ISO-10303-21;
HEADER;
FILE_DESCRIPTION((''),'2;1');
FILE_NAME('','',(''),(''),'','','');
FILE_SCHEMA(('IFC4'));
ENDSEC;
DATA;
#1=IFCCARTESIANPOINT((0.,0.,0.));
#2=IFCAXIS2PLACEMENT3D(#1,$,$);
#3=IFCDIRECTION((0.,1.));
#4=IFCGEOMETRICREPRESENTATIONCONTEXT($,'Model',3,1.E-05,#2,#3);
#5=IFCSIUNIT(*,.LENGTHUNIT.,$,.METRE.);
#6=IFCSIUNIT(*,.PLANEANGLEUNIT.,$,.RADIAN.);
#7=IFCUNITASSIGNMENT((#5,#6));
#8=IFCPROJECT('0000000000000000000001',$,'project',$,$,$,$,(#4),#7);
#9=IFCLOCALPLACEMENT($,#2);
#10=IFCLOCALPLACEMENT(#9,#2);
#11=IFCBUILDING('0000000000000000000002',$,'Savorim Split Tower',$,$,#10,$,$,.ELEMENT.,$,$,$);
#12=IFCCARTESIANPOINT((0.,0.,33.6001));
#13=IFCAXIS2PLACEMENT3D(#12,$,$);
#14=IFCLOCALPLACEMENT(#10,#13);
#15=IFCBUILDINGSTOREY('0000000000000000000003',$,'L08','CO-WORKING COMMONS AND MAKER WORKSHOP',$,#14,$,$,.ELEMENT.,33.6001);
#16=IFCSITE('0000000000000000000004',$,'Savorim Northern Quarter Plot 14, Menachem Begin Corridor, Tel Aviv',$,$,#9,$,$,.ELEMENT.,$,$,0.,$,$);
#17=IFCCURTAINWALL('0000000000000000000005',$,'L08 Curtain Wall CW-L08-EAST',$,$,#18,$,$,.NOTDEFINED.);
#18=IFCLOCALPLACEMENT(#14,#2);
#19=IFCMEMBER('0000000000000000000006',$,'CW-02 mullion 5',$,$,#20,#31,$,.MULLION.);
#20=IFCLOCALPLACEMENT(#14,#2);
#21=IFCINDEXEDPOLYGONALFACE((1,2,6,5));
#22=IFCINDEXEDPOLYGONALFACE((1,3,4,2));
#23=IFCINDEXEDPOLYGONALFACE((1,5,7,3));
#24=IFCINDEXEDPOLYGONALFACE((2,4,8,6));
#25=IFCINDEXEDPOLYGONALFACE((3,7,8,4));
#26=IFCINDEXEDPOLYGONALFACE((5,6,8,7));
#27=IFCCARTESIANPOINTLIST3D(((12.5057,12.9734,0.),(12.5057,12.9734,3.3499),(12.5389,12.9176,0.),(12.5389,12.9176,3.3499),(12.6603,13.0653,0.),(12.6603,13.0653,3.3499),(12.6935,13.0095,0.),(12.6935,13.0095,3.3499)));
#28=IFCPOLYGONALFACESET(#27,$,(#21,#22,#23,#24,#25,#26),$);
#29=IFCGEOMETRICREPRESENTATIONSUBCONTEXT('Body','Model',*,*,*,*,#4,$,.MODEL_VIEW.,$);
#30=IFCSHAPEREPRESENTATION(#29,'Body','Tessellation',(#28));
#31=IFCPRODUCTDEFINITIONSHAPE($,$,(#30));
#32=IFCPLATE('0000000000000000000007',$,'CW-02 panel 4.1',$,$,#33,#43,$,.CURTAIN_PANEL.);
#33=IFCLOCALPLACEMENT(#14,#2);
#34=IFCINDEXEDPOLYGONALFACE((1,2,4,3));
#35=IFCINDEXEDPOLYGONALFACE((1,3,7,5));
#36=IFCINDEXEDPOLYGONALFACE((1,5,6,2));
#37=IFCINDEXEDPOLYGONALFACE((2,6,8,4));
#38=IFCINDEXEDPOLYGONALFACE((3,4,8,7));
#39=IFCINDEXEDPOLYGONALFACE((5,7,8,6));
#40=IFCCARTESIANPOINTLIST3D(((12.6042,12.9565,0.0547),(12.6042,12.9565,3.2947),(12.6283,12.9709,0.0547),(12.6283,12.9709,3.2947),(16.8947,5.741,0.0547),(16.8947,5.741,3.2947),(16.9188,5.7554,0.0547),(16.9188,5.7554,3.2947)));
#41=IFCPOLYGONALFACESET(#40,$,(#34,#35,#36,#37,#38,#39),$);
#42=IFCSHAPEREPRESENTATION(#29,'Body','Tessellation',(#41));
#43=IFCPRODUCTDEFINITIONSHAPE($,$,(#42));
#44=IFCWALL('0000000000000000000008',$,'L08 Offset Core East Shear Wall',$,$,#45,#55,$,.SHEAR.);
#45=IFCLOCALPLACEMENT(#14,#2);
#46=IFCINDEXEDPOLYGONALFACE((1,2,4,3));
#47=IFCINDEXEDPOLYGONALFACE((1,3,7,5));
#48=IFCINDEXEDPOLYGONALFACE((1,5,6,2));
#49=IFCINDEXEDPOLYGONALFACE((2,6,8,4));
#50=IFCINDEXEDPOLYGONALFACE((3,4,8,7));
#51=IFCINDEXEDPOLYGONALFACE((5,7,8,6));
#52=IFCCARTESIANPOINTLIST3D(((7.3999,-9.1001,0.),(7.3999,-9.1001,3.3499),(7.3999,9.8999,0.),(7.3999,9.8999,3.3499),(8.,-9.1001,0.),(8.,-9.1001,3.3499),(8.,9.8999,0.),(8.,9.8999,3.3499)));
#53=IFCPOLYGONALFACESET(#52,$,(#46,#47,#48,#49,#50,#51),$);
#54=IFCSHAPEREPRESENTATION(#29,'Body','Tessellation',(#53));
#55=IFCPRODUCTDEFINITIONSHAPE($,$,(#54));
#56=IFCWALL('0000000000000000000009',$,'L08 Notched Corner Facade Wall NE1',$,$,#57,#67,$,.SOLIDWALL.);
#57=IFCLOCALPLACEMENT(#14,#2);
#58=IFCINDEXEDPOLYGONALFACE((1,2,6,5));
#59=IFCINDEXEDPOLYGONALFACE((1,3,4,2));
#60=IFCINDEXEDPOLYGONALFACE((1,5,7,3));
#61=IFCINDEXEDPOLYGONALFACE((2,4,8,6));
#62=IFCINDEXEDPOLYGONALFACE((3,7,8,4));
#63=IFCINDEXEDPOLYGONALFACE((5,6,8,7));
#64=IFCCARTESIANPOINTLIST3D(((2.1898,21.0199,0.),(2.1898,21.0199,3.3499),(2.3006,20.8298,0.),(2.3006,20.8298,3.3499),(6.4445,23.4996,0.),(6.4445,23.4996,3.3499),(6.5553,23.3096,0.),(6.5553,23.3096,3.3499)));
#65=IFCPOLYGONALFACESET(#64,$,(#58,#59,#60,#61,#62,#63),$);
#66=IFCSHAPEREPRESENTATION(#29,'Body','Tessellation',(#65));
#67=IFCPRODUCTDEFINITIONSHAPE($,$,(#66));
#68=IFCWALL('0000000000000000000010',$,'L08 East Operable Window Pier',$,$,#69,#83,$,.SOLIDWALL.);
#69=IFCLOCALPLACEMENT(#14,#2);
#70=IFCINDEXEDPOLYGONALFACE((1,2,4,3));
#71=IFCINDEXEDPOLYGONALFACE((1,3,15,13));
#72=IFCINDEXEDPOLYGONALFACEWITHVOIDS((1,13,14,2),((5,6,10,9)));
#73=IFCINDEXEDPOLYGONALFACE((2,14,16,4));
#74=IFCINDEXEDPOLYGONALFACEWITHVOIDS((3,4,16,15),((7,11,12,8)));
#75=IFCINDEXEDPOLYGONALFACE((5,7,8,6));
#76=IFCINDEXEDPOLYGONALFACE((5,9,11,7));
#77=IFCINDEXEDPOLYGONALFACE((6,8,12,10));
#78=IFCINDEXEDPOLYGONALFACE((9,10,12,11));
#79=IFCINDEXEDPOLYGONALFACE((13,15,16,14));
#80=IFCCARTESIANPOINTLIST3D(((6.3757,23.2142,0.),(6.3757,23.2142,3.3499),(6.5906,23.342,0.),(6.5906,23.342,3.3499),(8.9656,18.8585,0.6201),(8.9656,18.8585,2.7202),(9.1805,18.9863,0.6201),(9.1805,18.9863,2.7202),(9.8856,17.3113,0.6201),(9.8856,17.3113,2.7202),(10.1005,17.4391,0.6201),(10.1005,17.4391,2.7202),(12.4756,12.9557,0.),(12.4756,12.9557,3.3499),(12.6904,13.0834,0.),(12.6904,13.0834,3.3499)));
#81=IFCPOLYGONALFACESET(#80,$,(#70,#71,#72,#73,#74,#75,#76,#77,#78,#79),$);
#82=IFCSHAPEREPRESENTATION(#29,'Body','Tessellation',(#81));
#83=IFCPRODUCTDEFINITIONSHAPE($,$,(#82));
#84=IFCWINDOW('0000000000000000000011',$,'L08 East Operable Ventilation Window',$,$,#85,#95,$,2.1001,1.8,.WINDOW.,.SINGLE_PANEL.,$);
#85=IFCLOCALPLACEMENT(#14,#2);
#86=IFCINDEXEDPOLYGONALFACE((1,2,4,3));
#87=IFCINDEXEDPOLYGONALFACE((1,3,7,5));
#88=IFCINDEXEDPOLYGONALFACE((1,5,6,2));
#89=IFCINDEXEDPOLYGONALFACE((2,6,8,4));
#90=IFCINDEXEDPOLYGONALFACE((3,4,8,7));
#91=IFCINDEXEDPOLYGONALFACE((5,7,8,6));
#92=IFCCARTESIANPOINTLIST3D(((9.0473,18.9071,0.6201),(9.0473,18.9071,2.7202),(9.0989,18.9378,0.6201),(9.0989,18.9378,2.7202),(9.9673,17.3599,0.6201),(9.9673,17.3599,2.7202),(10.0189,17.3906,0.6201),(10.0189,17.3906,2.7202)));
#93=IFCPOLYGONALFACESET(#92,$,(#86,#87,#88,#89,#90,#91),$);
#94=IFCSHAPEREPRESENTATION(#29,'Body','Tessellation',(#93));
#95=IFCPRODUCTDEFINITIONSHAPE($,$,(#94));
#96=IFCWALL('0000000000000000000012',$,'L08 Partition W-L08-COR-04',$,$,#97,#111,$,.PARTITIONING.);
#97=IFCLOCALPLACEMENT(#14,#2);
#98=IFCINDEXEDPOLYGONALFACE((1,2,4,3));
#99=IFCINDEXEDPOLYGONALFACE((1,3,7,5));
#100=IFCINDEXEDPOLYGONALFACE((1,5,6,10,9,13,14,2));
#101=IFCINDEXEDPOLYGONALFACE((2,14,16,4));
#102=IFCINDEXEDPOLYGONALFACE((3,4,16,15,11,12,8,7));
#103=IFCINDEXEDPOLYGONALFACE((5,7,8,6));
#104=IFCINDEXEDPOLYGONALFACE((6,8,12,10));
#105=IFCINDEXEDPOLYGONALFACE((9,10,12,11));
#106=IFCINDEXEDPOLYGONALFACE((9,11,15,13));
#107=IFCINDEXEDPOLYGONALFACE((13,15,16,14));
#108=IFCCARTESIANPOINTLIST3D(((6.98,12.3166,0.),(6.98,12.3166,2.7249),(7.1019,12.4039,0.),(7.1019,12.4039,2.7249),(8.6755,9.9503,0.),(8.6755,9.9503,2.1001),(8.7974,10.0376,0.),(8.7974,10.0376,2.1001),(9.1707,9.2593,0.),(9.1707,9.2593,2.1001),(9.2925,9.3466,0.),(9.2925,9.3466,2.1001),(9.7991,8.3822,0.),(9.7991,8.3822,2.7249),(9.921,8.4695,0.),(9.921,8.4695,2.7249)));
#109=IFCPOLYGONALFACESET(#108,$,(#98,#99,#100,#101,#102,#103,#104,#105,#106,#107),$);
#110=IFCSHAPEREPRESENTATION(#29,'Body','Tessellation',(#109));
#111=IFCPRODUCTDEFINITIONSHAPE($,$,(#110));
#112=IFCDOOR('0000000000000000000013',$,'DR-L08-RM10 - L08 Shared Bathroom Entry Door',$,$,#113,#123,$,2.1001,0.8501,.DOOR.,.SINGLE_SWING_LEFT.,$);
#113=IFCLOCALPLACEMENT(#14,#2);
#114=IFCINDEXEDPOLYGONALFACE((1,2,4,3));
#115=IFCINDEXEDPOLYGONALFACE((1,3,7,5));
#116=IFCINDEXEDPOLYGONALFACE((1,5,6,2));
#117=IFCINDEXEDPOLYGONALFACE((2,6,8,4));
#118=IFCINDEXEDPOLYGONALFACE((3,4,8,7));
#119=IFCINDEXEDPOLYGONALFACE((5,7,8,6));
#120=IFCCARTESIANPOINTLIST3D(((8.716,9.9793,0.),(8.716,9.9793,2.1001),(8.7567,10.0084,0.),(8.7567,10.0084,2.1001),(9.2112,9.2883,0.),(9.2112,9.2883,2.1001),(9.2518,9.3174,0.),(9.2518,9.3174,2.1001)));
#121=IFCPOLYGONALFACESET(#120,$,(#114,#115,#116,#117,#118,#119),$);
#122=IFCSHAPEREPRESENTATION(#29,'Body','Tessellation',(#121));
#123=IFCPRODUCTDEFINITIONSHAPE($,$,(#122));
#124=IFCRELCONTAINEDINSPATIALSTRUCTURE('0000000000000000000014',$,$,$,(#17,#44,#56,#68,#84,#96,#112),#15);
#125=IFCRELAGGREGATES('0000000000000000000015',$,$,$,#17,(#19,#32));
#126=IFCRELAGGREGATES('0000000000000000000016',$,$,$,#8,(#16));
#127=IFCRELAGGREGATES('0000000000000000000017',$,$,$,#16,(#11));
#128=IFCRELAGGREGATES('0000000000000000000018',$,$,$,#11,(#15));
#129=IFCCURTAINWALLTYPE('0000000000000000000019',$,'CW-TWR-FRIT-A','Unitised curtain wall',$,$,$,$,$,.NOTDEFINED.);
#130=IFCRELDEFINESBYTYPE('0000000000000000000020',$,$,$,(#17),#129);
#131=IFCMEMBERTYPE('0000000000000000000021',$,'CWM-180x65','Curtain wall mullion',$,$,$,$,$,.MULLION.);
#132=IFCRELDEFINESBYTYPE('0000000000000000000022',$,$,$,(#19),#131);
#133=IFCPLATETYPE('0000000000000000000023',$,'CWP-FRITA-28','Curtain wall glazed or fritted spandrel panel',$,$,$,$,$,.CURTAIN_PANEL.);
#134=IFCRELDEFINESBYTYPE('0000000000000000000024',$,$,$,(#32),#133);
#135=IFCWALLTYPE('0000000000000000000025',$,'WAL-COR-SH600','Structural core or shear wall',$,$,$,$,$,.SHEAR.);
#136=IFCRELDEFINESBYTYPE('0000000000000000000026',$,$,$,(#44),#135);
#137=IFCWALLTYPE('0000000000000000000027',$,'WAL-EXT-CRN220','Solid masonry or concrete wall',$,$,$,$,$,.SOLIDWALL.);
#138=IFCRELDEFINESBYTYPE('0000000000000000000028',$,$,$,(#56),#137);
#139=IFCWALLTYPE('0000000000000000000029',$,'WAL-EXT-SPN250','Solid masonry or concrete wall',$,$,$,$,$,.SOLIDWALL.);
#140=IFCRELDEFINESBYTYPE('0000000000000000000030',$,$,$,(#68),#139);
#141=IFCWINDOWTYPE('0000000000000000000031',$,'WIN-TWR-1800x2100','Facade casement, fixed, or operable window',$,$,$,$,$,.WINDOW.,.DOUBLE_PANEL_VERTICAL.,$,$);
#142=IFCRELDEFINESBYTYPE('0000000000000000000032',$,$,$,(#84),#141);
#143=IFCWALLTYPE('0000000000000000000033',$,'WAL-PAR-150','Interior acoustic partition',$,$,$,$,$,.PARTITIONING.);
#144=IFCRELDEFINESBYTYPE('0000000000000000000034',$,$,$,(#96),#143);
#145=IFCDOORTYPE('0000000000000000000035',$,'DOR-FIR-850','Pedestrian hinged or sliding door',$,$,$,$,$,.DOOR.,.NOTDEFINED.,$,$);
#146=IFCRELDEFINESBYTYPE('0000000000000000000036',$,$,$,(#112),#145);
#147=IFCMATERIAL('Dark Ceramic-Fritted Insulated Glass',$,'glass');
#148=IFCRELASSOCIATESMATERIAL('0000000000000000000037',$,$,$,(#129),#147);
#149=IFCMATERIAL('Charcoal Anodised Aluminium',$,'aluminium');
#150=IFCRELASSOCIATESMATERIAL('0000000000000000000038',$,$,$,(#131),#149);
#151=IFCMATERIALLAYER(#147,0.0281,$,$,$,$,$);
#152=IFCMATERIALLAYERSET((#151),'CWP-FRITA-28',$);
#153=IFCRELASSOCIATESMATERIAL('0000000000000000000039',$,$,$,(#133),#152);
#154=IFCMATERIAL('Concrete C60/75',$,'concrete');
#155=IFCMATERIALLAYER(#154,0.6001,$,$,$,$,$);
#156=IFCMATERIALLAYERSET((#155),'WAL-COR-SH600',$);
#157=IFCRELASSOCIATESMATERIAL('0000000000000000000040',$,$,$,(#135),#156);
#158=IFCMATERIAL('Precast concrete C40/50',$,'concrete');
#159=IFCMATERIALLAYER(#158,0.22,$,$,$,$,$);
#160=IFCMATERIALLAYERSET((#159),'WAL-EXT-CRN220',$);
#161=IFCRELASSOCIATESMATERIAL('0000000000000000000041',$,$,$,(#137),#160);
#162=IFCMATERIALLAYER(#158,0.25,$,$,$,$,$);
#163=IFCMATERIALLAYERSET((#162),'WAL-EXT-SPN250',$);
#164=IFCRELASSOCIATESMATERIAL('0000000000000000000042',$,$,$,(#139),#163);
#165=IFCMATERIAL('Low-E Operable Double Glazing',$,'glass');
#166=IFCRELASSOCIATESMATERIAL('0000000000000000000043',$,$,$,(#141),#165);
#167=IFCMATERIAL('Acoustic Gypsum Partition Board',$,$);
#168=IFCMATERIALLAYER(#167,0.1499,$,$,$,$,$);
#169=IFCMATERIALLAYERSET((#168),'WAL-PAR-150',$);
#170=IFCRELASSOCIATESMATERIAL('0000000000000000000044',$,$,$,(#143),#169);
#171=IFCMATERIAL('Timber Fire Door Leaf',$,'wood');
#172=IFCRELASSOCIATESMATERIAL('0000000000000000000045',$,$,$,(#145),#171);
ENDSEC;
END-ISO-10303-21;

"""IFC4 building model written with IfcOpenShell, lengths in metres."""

from ifc_helpers import new_model, si_unit, direction, frame, frame_2d, origin, origin_2d, place, context, subcontext, project, spatial, rectangle, extrude, material, layer, layer_set, material_profile, profile_set, type_object, element, fill, aggregate, save


model = new_model("IFC4")

# Units and contexts
model_context = context("Model", 3, precision=1e-05, world=origin(), true_north=direction((0.0, 1.0)))
body_context = subcontext(model_context, "Body", "Model", "MODEL_VIEW")
ifc_project = project(units=[si_unit("LENGTHUNIT", "METRE"), si_unit("PLANEANGLEUNIT", "RADIAN")], contexts=[model_context])

# Site, building, storey
site_placement = place(None, origin())
site = spatial("IfcSite", under=ifc_project, at=site_placement, Name="Savorim Northern Quarter Plot 14, Menachem Begin Corridor, Tel Aviv", CompositionType="ELEMENT", RefElevation=0.0)
building_placement = place(site_placement, origin())
building = spatial("IfcBuilding", under=site, at=building_placement, Name="Savorim Split Tower", CompositionType="ELEMENT")
storey_placement = place(building_placement, frame((0.0, 0.0, 33.6001)))
storey = spatial("IfcBuildingStorey", under=building, at=storey_placement, Name="L08", Description="CO-WORKING COMMONS AND MAKER WORKSHOP", CompositionType="ELEMENT", Elevation=33.6001)

# Curtain wall, member, plate
ifc_material_1 = material(Name="Dark Ceramic-Fritted Insulated Glass", Category="glass")
curtain_wall_type = type_object("IfcCurtainWallType", Name="CW-TWR-FRIT-A", Description="Unitised curtain wall", PredefinedType="NOTDEFINED", material=ifc_material_1)
curtain_wall_placement = place(storey_placement, origin())
curtain_wall = element("IfcCurtainWall", 1, at=curtain_wall_placement, inside=storey, type_object=curtain_wall_type, Name="L08 Curtain Wall CW-L08-EAST", PredefinedType="NOTDEFINED")
ifc_material_2 = material(Name="Charcoal Anodised Aluminium", Category="aluminium")
ifc_material_profile_1 = material_profile(ifc_material_2, rectangle(XDim=0.1799, YDim=0.0649, at=origin_2d()), Name="ALU-M 180x65")
ifc_profile_set_1 = profile_set([ifc_material_profile_1], Name="Charcoal Anodised Aluminium")
member_type = type_object("IfcMemberType", Name="CWM-180x65", Description="Curtain wall mullion", PredefinedType="MULLION", material=ifc_profile_set_1)
member_placement = place(storey_placement, frame((12.5996, 12.9915, 0.0), z_axis=(0.0, 0.0, 1.0), x_axis=(-0.859526, -0.511092, 0.0)))
member = element("IfcMember", 2, at=member_placement, type_object=member_type, Name="CW-02 mullion 5", PredefinedType="MULLION", context=body_context, shape_type="SweptSolid", body=[
    extrude(rectangle(XDim=0.1799, YDim=0.0649, at=origin_2d()), origin(), (0.0, 0.0, 1.0), 3.3499),
])
ifc_layer_1 = layer(ifc_material_1, 0.0281)
ifc_layer_set_1 = layer_set([ifc_layer_1], Name="CWP-FRITA-28")
plate_type = type_object("IfcPlateType", Name="CWP-FRITA-28", Description="Curtain wall glazed or fritted spandrel panel", PredefinedType="CURTAIN_PANEL", material=ifc_layer_set_1)
plate_placement = place(storey_placement, frame((14.7615, 9.356, 0.0547), z_axis=(0.0, 0.0, 1.0), x_axis=(-0.511092, 0.859526, 0.0)))
plate = element("IfcPlate", 3, at=plate_placement, type_object=plate_type, Name="CW-02 panel 4.1", PredefinedType="CURTAIN_PANEL", context=body_context, shape_type="SweptSolid", body=[
    extrude(rectangle(XDim=8.3948, YDim=0.0281, at=origin_2d()), origin(), (0.0, 0.0, 1.0), 3.24),
])
aggregate(curtain_wall, [member, plate])

# Shared definitions
ifc_material_3 = material(Name="Concrete C60/75", Category="concrete")
ifc_layer_2 = layer(ifc_material_3, 0.6001)
ifc_layer_set_2 = layer_set([ifc_layer_2], Name="WAL-COR-SH600")
wall_type_1 = type_object("IfcWallType", Name="WAL-COR-SH600", Description="Structural core or shear wall", PredefinedType="SHEAR", material=ifc_layer_set_2)
ifc_material_4 = material(Name="Timber Fire Door Leaf", Category="wood")

# Walls
wall_1_placement = place(storey_placement, frame((7.7, 9.8999, 0.0), z_axis=(0.0, 0.0, 1.0), x_axis=(0.0, -1.0, 0.0)))
element("IfcWall", 4, at=wall_1_placement, inside=storey, type_object=wall_type_1, Name="L08 Offset Core East Shear Wall", PredefinedType="SHEAR", context=body_context, shape_type="SweptSolid", body=[
    extrude(rectangle(XDim=19.0, YDim=0.6001, at=frame_2d((9.5, 0.0))), origin(), (0.0, 0.0, 1.0), 3.3499),
])
ifc_material_5 = material(Name="Precast concrete C40/50", Category="concrete")
ifc_layer_3 = layer(ifc_material_5, 0.22)
ifc_layer_set_3 = layer_set([ifc_layer_3], Name="WAL-EXT-CRN220")
wall_type_2 = type_object("IfcWallType", Name="WAL-EXT-CRN220", Description="Solid masonry or concrete wall", PredefinedType="SOLIDWALL", material=ifc_layer_set_3)
wall_2_placement = place(storey_placement, frame((2.2451, 20.9248, 0.0), z_axis=(0.0, 0.0, 1.0), x_axis=(0.863968, 0.503547, 0.0)))
element("IfcWall", 5, at=wall_2_placement, inside=storey, type_object=wall_type_2, Name="L08 Notched Corner Facade Wall NE1", PredefinedType="SOLIDWALL", context=body_context, shape_type="SweptSolid", body=[
    extrude(rectangle(XDim=4.9246, YDim=0.22, at=frame_2d((2.4624, 0.0))), origin(), (0.0, 0.0, 1.0), 3.3499),
])

# Wall, opening, window
ifc_layer_4 = layer(ifc_material_5, 0.25)
ifc_layer_set_4 = layer_set([ifc_layer_4], Name="WAL-EXT-SPN250")
wall_type_3 = type_object("IfcWallType", Name="WAL-EXT-SPN250", Description="Solid masonry or concrete wall", PredefinedType="SOLIDWALL", material=ifc_layer_set_4)
wall_3_placement = place(storey_placement, frame((6.4832, 23.2781, 0.0), z_axis=(0.0, 0.0, 1.0), x_axis=(0.511086, -0.859529, 0.0)))
wall_3 = element("IfcWall", 6, at=wall_3_placement, inside=storey, type_object=wall_type_3, Name="L08 East Operable Window Pier", PredefinedType="SOLIDWALL", context=body_context, shape_type="SweptSolid", body=[
    extrude(rectangle(XDim=11.9351, YDim=0.25, at=frame_2d((5.9675, 0.0))), origin(), (0.0, 0.0, 1.0), 3.3499),
])
opening_1_placement = place(wall_3_placement, frame((5.0676, 0.0, 0.6201)))
opening_1 = element("IfcOpeningElement", 7, at=opening_1_placement, cuts=wall_3, PredefinedType="OPENING", context=body_context, shape_type="SweptSolid", body=[
    extrude(rectangle(XDim=1.8, YDim=2.1001, at=frame_2d((0.8999, 1.05))), frame((0.0, 0.135, 0.0), z_axis=(0.0, -1.0, 0.0), x_axis=(1.0, 0.0, 0.0)), (0.0, 0.0, 1.0), 0.27),
])
ifc_material_6 = material(Name="Low-E Operable Double Glazing", Category="glass")
window_type = type_object("IfcWindowType", Name="WIN-TWR-1800x2100", Description="Facade casement, fixed, or operable window", PartitioningType="DOUBLE_PANEL_VERTICAL", PredefinedType="WINDOW", material=ifc_material_6)
window_placement = place(opening_1_placement, origin())
window = element("IfcWindow", 8, at=window_placement, inside=storey, type_object=window_type, Name="L08 East Operable Ventilation Window", OverallHeight=2.1001, OverallWidth=1.8, PartitioningType="SINGLE_PANEL", PredefinedType="WINDOW", context=body_context, shape_type="SweptSolid", body=[
    extrude(rectangle(XDim=1.8, YDim=2.1001, at=frame_2d((0.8999, 1.05))), frame((0.0, 0.03, 0.0), z_axis=(0.0, -1.0, 0.0), x_axis=(1.0, 0.0, 0.0)), (0.0, 0.0, 1.0), 0.0601),
])
fill(opening_1, window)

# Wall, opening, door
ifc_material_7 = material(Name="Acoustic Gypsum Partition Board")
ifc_layer_5 = layer(ifc_material_7, 0.1499)
ifc_layer_set_5 = layer_set([ifc_layer_5], Name="WAL-PAR-150")
wall_type_4 = type_object("IfcWallType", Name="WAL-PAR-150", Description="Interior acoustic partition", PredefinedType="PARTITIONING", material=ifc_layer_set_5)
wall_4_placement = place(storey_placement, frame((7.041, 12.3601, 0.0), z_axis=(0.0, 0.0, 1.0), x_axis=(0.58245, -0.812867, 0.0)))
wall_4 = element("IfcWall", 9, at=wall_4_placement, inside=storey, type_object=wall_type_4, Name="L08 Partition W-L08-COR-04", PredefinedType="PARTITIONING", context=body_context, shape_type="SweptSolid", body=[
    extrude(rectangle(XDim=4.8401, YDim=0.1499, at=frame_2d((2.4199, 0.0))), origin(), (0.0, 0.0, 1.0), 2.7249),
])
opening_2_placement = place(wall_4_placement, frame((2.9109, 0.0, 0.0)))
opening_2 = element("IfcOpeningElement", 10, at=opening_2_placement, cuts=wall_4, PredefinedType="OPENING", context=body_context, shape_type="SweptSolid", body=[
    extrude(rectangle(XDim=0.8501, YDim=2.1001, at=frame_2d((0.425, 1.05))), frame((0.0, 0.085, 0.0), z_axis=(0.0, -1.0, 0.0), x_axis=(1.0, 0.0, 0.0)), (0.0, 0.0, 1.0), 0.1699),
])
door_type_1 = type_object("IfcDoorType", Name="DOR-FIR-850", Description="Pedestrian hinged or sliding door", OperationType="NOTDEFINED", PredefinedType="DOOR", material=ifc_material_4)
door_1_placement = place(opening_2_placement, origin())
door_1 = element("IfcDoor", 11, at=door_1_placement, inside=storey, type_object=door_type_1, Name="DR-L08-RM10 - L08 Shared Bathroom Entry Door", OperationType="SINGLE_SWING_LEFT", OverallHeight=2.1001, OverallWidth=0.8501, PredefinedType="DOOR", context=body_context, shape_type="SweptSolid", body=[
    extrude(rectangle(XDim=0.8501, YDim=2.1001, at=frame_2d((0.425, 1.05))), frame((0.0, 0.0249, 0.0), z_axis=(0.0, -1.0, 0.0), x_axis=(1.0, 0.0, 0.0)), (0.0, 0.0, 1.0), 0.05),
])
fill(opening_2, door_1)

save(model, "model.ifc")
